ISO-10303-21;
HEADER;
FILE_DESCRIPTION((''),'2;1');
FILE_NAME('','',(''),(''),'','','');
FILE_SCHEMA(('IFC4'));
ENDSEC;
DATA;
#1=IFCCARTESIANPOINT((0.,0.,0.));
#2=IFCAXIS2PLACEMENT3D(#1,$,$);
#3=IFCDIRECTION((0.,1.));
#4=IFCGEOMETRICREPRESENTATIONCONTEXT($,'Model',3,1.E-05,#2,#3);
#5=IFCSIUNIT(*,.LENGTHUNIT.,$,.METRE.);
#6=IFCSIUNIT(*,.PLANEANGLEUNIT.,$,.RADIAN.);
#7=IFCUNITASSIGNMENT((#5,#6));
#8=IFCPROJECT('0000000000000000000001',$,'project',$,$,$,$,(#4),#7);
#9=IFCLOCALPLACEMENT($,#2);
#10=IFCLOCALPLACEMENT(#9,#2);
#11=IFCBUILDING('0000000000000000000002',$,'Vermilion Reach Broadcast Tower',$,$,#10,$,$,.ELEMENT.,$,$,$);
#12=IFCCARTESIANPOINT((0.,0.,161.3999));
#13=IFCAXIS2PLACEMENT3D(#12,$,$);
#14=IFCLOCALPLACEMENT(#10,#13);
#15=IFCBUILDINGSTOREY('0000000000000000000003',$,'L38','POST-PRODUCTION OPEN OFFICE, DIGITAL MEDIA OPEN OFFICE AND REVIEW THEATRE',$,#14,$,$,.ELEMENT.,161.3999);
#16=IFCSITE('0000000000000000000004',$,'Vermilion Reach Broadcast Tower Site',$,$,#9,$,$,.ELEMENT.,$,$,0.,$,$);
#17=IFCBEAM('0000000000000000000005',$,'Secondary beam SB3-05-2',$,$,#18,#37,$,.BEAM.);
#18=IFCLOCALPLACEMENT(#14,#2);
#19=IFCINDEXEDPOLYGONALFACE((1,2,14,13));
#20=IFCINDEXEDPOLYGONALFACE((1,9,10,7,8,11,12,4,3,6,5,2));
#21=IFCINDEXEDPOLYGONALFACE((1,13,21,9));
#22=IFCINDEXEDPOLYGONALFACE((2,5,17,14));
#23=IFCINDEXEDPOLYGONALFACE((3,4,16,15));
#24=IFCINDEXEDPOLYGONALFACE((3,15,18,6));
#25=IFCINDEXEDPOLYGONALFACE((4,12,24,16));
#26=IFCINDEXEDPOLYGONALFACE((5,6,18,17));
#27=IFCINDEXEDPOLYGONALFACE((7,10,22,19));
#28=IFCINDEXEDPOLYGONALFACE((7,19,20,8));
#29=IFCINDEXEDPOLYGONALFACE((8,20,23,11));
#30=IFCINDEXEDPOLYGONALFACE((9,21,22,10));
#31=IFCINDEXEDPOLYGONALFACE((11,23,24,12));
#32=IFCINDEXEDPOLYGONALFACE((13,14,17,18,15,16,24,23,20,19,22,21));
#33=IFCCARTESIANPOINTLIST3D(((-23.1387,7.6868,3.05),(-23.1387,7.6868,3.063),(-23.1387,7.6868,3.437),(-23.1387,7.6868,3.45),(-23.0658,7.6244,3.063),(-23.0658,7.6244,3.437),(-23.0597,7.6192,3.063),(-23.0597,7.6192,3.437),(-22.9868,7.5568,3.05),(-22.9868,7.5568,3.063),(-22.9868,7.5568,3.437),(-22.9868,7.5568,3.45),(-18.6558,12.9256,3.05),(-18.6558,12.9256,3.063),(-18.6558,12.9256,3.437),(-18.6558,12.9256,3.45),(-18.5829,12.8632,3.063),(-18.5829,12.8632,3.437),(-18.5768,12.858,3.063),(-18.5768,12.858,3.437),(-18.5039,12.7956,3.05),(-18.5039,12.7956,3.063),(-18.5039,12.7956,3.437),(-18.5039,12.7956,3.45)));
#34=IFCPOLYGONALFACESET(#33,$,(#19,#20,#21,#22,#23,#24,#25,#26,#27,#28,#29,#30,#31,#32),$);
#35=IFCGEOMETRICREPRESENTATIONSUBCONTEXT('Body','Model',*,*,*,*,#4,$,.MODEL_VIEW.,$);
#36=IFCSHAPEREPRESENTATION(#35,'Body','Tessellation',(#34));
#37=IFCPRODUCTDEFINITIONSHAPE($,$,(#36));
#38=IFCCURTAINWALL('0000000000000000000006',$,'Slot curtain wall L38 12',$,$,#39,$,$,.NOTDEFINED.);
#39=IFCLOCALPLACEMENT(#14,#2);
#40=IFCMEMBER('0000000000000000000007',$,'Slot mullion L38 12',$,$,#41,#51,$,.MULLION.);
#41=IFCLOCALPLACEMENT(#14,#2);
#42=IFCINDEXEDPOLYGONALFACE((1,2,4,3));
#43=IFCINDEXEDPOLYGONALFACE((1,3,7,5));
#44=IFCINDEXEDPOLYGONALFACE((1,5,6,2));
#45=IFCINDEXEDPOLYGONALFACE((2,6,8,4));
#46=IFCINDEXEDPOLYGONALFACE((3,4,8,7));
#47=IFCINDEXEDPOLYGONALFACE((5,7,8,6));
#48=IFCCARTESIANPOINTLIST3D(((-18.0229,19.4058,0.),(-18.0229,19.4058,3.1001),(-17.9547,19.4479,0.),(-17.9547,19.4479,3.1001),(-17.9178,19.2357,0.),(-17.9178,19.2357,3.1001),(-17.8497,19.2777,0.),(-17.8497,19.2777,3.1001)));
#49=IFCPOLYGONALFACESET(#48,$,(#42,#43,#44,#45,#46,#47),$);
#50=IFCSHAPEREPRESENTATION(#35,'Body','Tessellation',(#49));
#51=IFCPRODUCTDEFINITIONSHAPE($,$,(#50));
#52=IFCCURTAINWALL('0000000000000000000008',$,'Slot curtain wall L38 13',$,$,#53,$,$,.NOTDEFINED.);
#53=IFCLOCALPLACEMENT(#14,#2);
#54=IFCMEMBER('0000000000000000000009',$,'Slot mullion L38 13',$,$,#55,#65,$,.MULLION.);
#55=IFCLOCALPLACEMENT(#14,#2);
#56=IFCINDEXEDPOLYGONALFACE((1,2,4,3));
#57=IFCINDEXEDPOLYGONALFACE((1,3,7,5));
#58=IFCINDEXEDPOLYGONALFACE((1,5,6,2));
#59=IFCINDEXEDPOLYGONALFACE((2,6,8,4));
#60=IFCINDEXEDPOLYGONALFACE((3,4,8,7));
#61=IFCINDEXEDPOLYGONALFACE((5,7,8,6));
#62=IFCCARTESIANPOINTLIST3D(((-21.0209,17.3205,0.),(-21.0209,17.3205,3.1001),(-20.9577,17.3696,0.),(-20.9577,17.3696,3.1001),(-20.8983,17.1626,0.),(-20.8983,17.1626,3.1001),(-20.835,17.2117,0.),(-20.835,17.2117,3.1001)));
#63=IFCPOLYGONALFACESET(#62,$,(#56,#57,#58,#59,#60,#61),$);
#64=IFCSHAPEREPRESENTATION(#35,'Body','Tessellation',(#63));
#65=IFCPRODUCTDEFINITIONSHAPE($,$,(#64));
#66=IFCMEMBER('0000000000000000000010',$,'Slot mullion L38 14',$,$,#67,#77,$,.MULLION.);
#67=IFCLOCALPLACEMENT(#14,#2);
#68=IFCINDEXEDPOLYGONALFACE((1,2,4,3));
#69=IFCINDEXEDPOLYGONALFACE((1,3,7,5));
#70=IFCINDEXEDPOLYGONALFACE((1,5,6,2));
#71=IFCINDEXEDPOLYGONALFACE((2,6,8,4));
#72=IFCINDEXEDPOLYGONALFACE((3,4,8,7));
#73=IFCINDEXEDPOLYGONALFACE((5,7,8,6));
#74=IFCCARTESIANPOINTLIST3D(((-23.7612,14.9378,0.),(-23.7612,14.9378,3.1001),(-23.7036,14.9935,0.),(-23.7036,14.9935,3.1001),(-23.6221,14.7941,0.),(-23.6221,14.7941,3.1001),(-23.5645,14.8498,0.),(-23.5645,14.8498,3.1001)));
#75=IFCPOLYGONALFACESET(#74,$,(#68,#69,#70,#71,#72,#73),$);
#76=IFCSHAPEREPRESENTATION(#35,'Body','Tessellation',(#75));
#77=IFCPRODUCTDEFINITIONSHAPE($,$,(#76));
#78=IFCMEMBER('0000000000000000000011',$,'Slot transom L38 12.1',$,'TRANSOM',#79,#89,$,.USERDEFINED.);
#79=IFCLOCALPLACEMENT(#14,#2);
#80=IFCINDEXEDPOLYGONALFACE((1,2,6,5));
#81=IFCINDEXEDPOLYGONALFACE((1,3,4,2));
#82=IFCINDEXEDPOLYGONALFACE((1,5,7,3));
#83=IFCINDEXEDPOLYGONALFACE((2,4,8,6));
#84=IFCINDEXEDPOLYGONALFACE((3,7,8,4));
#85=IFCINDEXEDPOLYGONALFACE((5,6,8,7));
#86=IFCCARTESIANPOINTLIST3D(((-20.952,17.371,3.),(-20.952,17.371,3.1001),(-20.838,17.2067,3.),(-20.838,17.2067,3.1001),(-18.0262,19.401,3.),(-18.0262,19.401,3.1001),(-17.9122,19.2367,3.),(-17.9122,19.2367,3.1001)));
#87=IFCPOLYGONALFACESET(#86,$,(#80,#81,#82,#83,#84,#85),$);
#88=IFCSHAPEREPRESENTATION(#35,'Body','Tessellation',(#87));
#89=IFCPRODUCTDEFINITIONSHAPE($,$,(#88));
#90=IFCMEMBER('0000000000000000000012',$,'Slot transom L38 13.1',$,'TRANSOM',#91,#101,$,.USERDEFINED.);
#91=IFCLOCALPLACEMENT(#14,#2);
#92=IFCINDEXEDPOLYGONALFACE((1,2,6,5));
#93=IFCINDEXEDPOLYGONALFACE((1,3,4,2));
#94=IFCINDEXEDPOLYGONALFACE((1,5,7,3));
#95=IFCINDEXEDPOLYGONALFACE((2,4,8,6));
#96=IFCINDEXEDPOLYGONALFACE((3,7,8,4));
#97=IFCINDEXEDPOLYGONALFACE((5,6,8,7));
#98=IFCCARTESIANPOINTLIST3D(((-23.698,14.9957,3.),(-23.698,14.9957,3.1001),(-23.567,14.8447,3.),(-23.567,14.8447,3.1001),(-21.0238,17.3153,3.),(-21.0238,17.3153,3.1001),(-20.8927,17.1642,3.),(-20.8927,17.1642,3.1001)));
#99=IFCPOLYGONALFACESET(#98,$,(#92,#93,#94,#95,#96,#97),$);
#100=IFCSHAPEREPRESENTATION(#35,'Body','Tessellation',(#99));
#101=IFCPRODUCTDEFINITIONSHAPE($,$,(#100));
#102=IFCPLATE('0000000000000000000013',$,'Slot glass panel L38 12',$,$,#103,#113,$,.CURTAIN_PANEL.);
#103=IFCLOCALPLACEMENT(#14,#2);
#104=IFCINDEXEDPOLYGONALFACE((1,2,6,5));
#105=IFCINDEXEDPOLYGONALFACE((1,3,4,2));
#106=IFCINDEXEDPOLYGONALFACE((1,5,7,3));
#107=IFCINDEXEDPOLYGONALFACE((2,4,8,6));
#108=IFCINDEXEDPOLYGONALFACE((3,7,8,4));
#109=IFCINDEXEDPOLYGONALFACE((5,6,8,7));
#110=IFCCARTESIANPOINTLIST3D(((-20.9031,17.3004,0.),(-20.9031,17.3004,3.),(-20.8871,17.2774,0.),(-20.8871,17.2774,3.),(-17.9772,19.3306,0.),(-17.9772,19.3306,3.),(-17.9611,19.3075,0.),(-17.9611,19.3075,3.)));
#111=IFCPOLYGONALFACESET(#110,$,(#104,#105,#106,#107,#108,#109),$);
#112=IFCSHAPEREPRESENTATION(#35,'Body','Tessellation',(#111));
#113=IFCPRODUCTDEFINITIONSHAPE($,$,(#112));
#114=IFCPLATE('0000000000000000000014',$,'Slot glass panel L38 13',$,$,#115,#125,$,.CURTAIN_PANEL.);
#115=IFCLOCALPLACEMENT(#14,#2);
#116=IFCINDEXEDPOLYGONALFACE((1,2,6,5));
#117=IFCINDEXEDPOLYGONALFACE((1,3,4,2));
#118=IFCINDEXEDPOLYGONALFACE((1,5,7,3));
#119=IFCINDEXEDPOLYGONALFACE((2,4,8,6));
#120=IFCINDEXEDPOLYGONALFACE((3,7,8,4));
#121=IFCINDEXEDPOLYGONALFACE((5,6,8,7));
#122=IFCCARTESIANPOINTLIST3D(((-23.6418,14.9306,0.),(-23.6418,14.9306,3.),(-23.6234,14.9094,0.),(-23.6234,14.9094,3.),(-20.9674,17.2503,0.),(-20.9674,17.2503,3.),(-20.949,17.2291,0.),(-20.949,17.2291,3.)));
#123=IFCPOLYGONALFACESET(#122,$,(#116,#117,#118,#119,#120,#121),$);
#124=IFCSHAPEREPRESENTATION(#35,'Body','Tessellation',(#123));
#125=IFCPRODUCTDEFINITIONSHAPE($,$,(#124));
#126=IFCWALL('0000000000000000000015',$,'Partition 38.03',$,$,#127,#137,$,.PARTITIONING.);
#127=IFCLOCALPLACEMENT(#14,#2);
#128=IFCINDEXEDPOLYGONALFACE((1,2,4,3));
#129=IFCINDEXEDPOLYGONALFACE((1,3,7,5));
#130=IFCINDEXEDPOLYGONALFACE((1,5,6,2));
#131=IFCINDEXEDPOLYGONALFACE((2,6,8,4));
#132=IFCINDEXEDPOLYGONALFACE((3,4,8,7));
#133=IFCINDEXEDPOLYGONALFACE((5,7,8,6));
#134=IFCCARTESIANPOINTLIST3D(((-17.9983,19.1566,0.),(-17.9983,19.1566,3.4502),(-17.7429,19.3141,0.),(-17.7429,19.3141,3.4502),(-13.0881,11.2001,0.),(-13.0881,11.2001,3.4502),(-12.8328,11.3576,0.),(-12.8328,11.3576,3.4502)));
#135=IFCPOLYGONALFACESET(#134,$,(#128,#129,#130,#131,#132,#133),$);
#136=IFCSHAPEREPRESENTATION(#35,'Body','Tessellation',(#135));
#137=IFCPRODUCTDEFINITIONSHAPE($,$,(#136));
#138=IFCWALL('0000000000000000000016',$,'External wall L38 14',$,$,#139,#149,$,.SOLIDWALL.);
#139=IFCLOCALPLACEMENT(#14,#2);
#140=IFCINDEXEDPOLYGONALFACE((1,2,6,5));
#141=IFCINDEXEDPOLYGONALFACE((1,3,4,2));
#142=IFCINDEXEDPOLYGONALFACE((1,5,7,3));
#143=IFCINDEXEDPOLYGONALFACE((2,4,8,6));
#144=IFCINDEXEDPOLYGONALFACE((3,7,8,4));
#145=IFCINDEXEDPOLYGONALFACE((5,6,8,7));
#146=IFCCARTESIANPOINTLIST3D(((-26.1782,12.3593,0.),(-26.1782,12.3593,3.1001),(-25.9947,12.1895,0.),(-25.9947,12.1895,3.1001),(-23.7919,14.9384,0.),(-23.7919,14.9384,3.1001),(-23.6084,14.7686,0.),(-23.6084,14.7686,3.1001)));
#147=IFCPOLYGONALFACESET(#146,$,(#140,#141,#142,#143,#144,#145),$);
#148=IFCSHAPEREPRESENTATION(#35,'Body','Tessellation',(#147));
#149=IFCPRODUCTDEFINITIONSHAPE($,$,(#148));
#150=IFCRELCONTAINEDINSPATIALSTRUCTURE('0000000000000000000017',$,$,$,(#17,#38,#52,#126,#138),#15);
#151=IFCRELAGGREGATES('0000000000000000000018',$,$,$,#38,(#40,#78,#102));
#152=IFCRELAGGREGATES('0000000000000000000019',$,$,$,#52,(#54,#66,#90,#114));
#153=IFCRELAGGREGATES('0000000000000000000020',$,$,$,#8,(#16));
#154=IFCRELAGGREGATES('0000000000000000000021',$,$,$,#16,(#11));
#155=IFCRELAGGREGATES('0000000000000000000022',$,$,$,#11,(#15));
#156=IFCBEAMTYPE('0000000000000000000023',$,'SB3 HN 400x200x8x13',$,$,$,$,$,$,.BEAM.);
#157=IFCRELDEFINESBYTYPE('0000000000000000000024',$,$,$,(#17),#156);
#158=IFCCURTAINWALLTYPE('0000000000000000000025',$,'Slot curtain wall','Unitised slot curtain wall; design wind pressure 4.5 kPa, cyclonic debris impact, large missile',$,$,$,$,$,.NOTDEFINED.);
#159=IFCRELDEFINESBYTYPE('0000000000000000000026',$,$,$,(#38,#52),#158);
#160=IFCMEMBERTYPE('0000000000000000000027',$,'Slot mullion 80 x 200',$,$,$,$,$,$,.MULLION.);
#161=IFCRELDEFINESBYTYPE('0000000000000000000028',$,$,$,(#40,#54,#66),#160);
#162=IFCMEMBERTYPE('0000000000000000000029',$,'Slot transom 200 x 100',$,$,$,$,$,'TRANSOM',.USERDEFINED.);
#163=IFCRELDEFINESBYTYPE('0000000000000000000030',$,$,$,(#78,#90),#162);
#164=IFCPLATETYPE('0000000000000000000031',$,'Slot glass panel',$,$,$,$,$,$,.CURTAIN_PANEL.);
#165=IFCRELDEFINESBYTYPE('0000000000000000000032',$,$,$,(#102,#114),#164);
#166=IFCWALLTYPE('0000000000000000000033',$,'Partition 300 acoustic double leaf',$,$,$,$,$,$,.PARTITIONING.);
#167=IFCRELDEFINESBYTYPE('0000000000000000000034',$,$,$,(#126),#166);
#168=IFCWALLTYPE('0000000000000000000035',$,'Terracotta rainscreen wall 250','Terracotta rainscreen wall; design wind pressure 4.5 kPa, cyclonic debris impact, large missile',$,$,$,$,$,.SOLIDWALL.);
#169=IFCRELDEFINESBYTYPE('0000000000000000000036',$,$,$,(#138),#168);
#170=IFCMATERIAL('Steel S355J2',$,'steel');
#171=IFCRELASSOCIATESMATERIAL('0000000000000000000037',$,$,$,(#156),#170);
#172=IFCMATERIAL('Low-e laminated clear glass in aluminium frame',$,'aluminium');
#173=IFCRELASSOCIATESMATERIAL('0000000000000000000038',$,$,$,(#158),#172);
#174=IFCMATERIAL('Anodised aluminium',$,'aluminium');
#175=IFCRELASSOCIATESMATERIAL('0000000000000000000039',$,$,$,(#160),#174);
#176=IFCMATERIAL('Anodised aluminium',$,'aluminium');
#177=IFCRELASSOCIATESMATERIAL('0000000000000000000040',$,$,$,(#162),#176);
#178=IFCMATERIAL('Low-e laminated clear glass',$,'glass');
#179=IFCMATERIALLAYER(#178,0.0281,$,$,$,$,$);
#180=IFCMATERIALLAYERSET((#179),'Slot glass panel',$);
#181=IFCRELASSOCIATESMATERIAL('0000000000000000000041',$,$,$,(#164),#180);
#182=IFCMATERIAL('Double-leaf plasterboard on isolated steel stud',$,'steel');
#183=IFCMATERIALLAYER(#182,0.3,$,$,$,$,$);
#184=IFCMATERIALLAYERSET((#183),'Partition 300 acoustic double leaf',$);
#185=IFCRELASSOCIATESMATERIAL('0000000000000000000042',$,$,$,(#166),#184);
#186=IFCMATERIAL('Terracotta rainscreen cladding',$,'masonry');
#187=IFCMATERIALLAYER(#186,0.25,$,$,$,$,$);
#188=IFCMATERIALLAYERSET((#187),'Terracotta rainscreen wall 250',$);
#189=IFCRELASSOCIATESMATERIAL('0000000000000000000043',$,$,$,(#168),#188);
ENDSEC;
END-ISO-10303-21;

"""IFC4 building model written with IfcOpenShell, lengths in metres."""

from ifc_helpers import new_model, si_unit, direction, frame, frame_2d, origin, origin_2d, place, context, subcontext, project, spatial, rectangle, i_section, extrude, material, layer, layer_set, material_profile, profile_set, type_object, element, aggregate, save


model = new_model("IFC4")

# Units and contexts
model_context = context("Model", 3, precision=1e-05, world=origin(), true_north=direction((0.0, 1.0)))
body_context = subcontext(model_context, "Body", "Model", "MODEL_VIEW")
ifc_project = project(units=[si_unit("LENGTHUNIT", "METRE"), si_unit("PLANEANGLEUNIT", "RADIAN")], contexts=[model_context])

# Site, building, storey
site_placement = place(None, origin())
site = spatial("IfcSite", under=ifc_project, at=site_placement, Name="Vermilion Reach Broadcast Tower Site", CompositionType="ELEMENT", RefElevation=0.0)
building_placement = place(site_placement, origin())
building = spatial("IfcBuilding", under=site, at=building_placement, Name="Vermilion Reach Broadcast Tower", CompositionType="ELEMENT")
storey_placement = place(building_placement, frame((0.0, 0.0, 161.3999)))
storey = spatial("IfcBuildingStorey", under=building, at=storey_placement, Name="L38", Description="POST-PRODUCTION OPEN OFFICE, DIGITAL MEDIA OPEN OFFICE AND REVIEW THEATRE", CompositionType="ELEMENT", Elevation=161.3999)

# Beam
ifc_material_1 = material(Name="Steel S355J2", Category="steel")
ifc_material_profile_1 = material_profile(ifc_material_1, i_section(OverallWidth=0.2, OverallDepth=0.3999, WebThickness=0.0081, FlangeThickness=0.0129, at=origin_2d()), Name="S355J2 HN 400x200x8x13")
ifc_profile_set_1 = profile_set([ifc_material_profile_1], Name="Steel S355J2")
beam_type_1 = type_object("IfcBeamType", Name="SB3 HN 400x200x8x13", PredefinedType="BEAM", material=ifc_profile_set_1)
beam_1_placement = place(storey_placement, frame((-18.5798, 12.8606, 3.25), z_axis=(-0.650167, -0.759791, 0.0), x_axis=(0.759791, -0.650167, 0.0)))
element("IfcBeam", 1, at=beam_1_placement, inside=storey, type_object=beam_type_1, Name="Secondary beam SB3-05-2", PredefinedType="BEAM", context=body_context, shape_type="SweptSolid", body=[
    extrude(i_section(OverallWidth=0.2, OverallDepth=0.3999, WebThickness=0.0081, FlangeThickness=0.0129, at=origin_2d()), origin(), (0.0, 0.0, 1.0), 6.895),
])

# Curtain wall, member
ifc_material_2 = material(Name="Low-e laminated clear glass in aluminium frame", Category="aluminium")
curtain_wall_type = type_object("IfcCurtainWallType", Name="Slot curtain wall", Description="Unitised slot curtain wall; design wind pressure 4.5 kPa, cyclonic debris impact, large missile", PredefinedType="NOTDEFINED", material=ifc_material_2)
placement = place(storey_placement, origin())
curtain_wall_1 = element("IfcCurtainWall", 2, at=placement, inside=storey, type_object=curtain_wall_type, Name="Slot curtain wall L38 12", PredefinedType="NOTDEFINED")
ifc_material_3 = material(Name="Anodised aluminium", Category="aluminium")
ifc_material_profile_2 = material_profile(ifc_material_3, rectangle(XDim=0.2, YDim=0.0801, at=origin_2d()), Name="Slot mullion 80 x 200")
ifc_profile_set_2 = profile_set([ifc_material_profile_2], Name="Anodised aluminium")
member_type_1 = type_object("IfcMemberType", Name="Slot mullion 80 x 200", PredefinedType="MULLION", material=ifc_profile_set_2)
member_1_placement = place(storey_placement, frame((-17.9363, 19.3418, 0.0), z_axis=(0.0, 0.0, 1.0), x_axis=(0.525175, -0.850994, 0.0)))
member_1 = element("IfcMember", 3, at=member_1_placement, type_object=member_type_1, Name="Slot mullion L38 12", PredefinedType="MULLION", context=body_context, shape_type="SweptSolid", body=[
    extrude(rectangle(XDim=0.2, YDim=0.0801, at=origin_2d()), origin(), (0.0, 0.0, 1.0), 3.1001),
])

# Curtain wall, members
curtain_wall_2 = element("IfcCurtainWall", 4, at=placement, inside=storey, type_object=curtain_wall_type, Name="Slot curtain wall L38 13", PredefinedType="NOTDEFINED")
member_2_placement = place(storey_placement, frame((-20.928, 17.2661, 0.0), z_axis=(0.0, 0.0, 1.0), x_axis=(0.61354, -0.789663, 0.0)))
member_2 = element("IfcMember", 5, at=member_2_placement, type_object=member_type_1, Name="Slot mullion L38 13", PredefinedType="MULLION", context=body_context, shape_type="SweptSolid", body=[
    extrude(rectangle(XDim=0.2, YDim=0.0801, at=origin_2d()), origin(), (0.0, 0.0, 1.0), 3.1001),
])
member_3_placement = place(storey_placement, frame((-23.6628, 14.8938, 0.0), z_axis=(0.0, 0.0, 1.0), x_axis=(0.695675, -0.718357, 0.0)))
member_3 = element("IfcMember", 6, at=member_3_placement, type_object=member_type_1, Name="Slot mullion L38 14", PredefinedType="MULLION", context=body_context, shape_type="SweptSolid", body=[
    extrude(rectangle(XDim=0.2, YDim=0.0801, at=origin_2d()), origin(), (0.0, 0.0, 1.0), 3.1001),
])

# Members
ifc_material_4 = material(Name="Anodised aluminium", Category="aluminium")
ifc_material_profile_3 = material_profile(ifc_material_4, rectangle(XDim=0.2, YDim=0.1001, at=origin_2d()), Name="Slot transom 200 x 100")
ifc_profile_set_3 = profile_set([ifc_material_profile_3], Name="Anodised aluminium")
member_type_2 = type_object("IfcMemberType", Name="Slot transom 200 x 100", ElementType="TRANSOM", PredefinedType="USERDEFINED", material=ifc_profile_set_3)
member_4_placement = place(storey_placement, frame((-17.9692, 19.3188, 3.05), z_axis=(-0.821602, -0.570062, 0.0), x_axis=(0.570062, -0.821602, 0.0)))
member_4 = element("IfcMember", 7, at=member_4_placement, type_object=member_type_2, Name="Slot transom L38 12.1", ObjectType="TRANSOM", PredefinedType="USERDEFINED", context=body_context, shape_type="SweptSolid", body=[
    extrude(rectangle(XDim=0.2, YDim=0.1001, at=origin_2d()), origin(), (0.0, 0.0, 1.0), 3.561),
])
member_5_placement = place(storey_placement, frame((-20.9583, 17.2397, 3.05), z_axis=(-0.755432, -0.655227, 0.0), x_axis=(0.655227, -0.755432, 0.0)))
member_5 = element("IfcMember", 8, at=member_5_placement, type_object=member_type_2, Name="Slot transom L38 13.1", ObjectType="TRANSOM", PredefinedType="USERDEFINED", context=body_context, shape_type="SweptSolid", body=[
    extrude(rectangle(XDim=0.2, YDim=0.1001, at=origin_2d()), origin(), (0.0, 0.0, 1.0), 3.54),
])

# Plates
ifc_material_5 = material(Name="Low-e laminated clear glass", Category="glass")
ifc_layer_1 = layer(ifc_material_5, 0.0281)
ifc_layer_set_1 = layer_set([ifc_layer_1], Name="Slot glass panel")
plate_type = type_object("IfcPlateType", Name="Slot glass panel", PredefinedType="CURTAIN_PANEL", material=ifc_layer_set_1)
plate_1_placement = place(storey_placement, frame((-19.4321, 18.304, 0.0), z_axis=(0.0, 0.0, 1.0), x_axis=(-0.821604, -0.570059, 0.0)))
plate_1 = element("IfcPlate", 9, at=plate_1_placement, type_object=plate_type, Name="Slot glass panel L38 12", PredefinedType="CURTAIN_PANEL", context=body_context, shape_type="SweptSolid", body=[
    extrude(rectangle(XDim=3.5613, YDim=0.0281, at=origin_2d()), origin(), (0.0, 0.0, 1.0), 3.0),
])
aggregate(curtain_wall_1, [member_1, member_4, plate_1])
plate_2_placement = place(storey_placement, frame((-22.2954, 16.0798, 0.0), z_axis=(0.0, 0.0, 1.0), x_axis=(-0.755424, -0.655236, 0.0)))
plate_2 = element("IfcPlate", 10, at=plate_2_placement, type_object=plate_type, Name="Slot glass panel L38 13", PredefinedType="CURTAIN_PANEL", context=body_context, shape_type="SweptSolid", body=[
    extrude(rectangle(XDim=3.5403, YDim=0.0281, at=origin_2d()), origin(), (0.0, 0.0, 1.0), 3.0),
])
aggregate(curtain_wall_2, [member_2, member_3, member_5, plate_2])

# Walls
ifc_material_6 = material(Name="Double-leaf plasterboard on isolated steel stud", Category="steel")
ifc_layer_2 = layer(ifc_material_6, 0.3)
ifc_layer_set_2 = layer_set([ifc_layer_2], Name="Partition 300 acoustic double leaf")
wall_type_1 = type_object("IfcWallType", Name="Partition 300 acoustic double leaf", PredefinedType="PARTITIONING", material=ifc_layer_set_2)
wall_1_placement = place(storey_placement, frame((-17.8706, 19.2354, 0.0), z_axis=(0.0, 0.0, 1.0), x_axis=(0.525169, -0.850998, 0.0)))
element("IfcWall", 11, at=wall_1_placement, inside=storey, type_object=wall_type_1, Name="Partition 38.03", PredefinedType="PARTITIONING", context=body_context, shape_type="SweptSolid", body=[
    extrude(rectangle(XDim=9.3496, YDim=0.3, at=frame_2d((4.6748, 0.0))), origin(), (0.0, 0.0, 1.0), 3.4502),
])
ifc_material_7 = material(Name="Terracotta rainscreen cladding", Category="masonry")
ifc_layer_3 = layer(ifc_material_7, 0.25)
ifc_layer_set_3 = layer_set([ifc_layer_3], Name="Terracotta rainscreen wall 250")
wall_type_2 = type_object("IfcWallType", Name="Terracotta rainscreen wall 250", Description="Terracotta rainscreen wall; design wind pressure 4.5 kPa, cyclonic debris impact, large missile", PredefinedType="SOLIDWALL", material=ifc_layer_set_3)
wall_2_placement = place(storey_placement, frame((-23.7002, 14.8535, 0.0), z_axis=(0.0, 0.0, 1.0), x_axis=(-0.679128, -0.73402, 0.0)))
element("IfcWall", 12, at=wall_2_placement, inside=storey, type_object=wall_type_2, Name="External wall L38 14", PredefinedType="SOLIDWALL", context=body_context, shape_type="SweptSolid", body=[
    extrude(rectangle(XDim=3.5137, YDim=0.25, at=frame_2d((1.7568, 0.0))), origin(), (0.0, 0.0, 1.0), 3.1001),
])

save(model, "model.ifc")
